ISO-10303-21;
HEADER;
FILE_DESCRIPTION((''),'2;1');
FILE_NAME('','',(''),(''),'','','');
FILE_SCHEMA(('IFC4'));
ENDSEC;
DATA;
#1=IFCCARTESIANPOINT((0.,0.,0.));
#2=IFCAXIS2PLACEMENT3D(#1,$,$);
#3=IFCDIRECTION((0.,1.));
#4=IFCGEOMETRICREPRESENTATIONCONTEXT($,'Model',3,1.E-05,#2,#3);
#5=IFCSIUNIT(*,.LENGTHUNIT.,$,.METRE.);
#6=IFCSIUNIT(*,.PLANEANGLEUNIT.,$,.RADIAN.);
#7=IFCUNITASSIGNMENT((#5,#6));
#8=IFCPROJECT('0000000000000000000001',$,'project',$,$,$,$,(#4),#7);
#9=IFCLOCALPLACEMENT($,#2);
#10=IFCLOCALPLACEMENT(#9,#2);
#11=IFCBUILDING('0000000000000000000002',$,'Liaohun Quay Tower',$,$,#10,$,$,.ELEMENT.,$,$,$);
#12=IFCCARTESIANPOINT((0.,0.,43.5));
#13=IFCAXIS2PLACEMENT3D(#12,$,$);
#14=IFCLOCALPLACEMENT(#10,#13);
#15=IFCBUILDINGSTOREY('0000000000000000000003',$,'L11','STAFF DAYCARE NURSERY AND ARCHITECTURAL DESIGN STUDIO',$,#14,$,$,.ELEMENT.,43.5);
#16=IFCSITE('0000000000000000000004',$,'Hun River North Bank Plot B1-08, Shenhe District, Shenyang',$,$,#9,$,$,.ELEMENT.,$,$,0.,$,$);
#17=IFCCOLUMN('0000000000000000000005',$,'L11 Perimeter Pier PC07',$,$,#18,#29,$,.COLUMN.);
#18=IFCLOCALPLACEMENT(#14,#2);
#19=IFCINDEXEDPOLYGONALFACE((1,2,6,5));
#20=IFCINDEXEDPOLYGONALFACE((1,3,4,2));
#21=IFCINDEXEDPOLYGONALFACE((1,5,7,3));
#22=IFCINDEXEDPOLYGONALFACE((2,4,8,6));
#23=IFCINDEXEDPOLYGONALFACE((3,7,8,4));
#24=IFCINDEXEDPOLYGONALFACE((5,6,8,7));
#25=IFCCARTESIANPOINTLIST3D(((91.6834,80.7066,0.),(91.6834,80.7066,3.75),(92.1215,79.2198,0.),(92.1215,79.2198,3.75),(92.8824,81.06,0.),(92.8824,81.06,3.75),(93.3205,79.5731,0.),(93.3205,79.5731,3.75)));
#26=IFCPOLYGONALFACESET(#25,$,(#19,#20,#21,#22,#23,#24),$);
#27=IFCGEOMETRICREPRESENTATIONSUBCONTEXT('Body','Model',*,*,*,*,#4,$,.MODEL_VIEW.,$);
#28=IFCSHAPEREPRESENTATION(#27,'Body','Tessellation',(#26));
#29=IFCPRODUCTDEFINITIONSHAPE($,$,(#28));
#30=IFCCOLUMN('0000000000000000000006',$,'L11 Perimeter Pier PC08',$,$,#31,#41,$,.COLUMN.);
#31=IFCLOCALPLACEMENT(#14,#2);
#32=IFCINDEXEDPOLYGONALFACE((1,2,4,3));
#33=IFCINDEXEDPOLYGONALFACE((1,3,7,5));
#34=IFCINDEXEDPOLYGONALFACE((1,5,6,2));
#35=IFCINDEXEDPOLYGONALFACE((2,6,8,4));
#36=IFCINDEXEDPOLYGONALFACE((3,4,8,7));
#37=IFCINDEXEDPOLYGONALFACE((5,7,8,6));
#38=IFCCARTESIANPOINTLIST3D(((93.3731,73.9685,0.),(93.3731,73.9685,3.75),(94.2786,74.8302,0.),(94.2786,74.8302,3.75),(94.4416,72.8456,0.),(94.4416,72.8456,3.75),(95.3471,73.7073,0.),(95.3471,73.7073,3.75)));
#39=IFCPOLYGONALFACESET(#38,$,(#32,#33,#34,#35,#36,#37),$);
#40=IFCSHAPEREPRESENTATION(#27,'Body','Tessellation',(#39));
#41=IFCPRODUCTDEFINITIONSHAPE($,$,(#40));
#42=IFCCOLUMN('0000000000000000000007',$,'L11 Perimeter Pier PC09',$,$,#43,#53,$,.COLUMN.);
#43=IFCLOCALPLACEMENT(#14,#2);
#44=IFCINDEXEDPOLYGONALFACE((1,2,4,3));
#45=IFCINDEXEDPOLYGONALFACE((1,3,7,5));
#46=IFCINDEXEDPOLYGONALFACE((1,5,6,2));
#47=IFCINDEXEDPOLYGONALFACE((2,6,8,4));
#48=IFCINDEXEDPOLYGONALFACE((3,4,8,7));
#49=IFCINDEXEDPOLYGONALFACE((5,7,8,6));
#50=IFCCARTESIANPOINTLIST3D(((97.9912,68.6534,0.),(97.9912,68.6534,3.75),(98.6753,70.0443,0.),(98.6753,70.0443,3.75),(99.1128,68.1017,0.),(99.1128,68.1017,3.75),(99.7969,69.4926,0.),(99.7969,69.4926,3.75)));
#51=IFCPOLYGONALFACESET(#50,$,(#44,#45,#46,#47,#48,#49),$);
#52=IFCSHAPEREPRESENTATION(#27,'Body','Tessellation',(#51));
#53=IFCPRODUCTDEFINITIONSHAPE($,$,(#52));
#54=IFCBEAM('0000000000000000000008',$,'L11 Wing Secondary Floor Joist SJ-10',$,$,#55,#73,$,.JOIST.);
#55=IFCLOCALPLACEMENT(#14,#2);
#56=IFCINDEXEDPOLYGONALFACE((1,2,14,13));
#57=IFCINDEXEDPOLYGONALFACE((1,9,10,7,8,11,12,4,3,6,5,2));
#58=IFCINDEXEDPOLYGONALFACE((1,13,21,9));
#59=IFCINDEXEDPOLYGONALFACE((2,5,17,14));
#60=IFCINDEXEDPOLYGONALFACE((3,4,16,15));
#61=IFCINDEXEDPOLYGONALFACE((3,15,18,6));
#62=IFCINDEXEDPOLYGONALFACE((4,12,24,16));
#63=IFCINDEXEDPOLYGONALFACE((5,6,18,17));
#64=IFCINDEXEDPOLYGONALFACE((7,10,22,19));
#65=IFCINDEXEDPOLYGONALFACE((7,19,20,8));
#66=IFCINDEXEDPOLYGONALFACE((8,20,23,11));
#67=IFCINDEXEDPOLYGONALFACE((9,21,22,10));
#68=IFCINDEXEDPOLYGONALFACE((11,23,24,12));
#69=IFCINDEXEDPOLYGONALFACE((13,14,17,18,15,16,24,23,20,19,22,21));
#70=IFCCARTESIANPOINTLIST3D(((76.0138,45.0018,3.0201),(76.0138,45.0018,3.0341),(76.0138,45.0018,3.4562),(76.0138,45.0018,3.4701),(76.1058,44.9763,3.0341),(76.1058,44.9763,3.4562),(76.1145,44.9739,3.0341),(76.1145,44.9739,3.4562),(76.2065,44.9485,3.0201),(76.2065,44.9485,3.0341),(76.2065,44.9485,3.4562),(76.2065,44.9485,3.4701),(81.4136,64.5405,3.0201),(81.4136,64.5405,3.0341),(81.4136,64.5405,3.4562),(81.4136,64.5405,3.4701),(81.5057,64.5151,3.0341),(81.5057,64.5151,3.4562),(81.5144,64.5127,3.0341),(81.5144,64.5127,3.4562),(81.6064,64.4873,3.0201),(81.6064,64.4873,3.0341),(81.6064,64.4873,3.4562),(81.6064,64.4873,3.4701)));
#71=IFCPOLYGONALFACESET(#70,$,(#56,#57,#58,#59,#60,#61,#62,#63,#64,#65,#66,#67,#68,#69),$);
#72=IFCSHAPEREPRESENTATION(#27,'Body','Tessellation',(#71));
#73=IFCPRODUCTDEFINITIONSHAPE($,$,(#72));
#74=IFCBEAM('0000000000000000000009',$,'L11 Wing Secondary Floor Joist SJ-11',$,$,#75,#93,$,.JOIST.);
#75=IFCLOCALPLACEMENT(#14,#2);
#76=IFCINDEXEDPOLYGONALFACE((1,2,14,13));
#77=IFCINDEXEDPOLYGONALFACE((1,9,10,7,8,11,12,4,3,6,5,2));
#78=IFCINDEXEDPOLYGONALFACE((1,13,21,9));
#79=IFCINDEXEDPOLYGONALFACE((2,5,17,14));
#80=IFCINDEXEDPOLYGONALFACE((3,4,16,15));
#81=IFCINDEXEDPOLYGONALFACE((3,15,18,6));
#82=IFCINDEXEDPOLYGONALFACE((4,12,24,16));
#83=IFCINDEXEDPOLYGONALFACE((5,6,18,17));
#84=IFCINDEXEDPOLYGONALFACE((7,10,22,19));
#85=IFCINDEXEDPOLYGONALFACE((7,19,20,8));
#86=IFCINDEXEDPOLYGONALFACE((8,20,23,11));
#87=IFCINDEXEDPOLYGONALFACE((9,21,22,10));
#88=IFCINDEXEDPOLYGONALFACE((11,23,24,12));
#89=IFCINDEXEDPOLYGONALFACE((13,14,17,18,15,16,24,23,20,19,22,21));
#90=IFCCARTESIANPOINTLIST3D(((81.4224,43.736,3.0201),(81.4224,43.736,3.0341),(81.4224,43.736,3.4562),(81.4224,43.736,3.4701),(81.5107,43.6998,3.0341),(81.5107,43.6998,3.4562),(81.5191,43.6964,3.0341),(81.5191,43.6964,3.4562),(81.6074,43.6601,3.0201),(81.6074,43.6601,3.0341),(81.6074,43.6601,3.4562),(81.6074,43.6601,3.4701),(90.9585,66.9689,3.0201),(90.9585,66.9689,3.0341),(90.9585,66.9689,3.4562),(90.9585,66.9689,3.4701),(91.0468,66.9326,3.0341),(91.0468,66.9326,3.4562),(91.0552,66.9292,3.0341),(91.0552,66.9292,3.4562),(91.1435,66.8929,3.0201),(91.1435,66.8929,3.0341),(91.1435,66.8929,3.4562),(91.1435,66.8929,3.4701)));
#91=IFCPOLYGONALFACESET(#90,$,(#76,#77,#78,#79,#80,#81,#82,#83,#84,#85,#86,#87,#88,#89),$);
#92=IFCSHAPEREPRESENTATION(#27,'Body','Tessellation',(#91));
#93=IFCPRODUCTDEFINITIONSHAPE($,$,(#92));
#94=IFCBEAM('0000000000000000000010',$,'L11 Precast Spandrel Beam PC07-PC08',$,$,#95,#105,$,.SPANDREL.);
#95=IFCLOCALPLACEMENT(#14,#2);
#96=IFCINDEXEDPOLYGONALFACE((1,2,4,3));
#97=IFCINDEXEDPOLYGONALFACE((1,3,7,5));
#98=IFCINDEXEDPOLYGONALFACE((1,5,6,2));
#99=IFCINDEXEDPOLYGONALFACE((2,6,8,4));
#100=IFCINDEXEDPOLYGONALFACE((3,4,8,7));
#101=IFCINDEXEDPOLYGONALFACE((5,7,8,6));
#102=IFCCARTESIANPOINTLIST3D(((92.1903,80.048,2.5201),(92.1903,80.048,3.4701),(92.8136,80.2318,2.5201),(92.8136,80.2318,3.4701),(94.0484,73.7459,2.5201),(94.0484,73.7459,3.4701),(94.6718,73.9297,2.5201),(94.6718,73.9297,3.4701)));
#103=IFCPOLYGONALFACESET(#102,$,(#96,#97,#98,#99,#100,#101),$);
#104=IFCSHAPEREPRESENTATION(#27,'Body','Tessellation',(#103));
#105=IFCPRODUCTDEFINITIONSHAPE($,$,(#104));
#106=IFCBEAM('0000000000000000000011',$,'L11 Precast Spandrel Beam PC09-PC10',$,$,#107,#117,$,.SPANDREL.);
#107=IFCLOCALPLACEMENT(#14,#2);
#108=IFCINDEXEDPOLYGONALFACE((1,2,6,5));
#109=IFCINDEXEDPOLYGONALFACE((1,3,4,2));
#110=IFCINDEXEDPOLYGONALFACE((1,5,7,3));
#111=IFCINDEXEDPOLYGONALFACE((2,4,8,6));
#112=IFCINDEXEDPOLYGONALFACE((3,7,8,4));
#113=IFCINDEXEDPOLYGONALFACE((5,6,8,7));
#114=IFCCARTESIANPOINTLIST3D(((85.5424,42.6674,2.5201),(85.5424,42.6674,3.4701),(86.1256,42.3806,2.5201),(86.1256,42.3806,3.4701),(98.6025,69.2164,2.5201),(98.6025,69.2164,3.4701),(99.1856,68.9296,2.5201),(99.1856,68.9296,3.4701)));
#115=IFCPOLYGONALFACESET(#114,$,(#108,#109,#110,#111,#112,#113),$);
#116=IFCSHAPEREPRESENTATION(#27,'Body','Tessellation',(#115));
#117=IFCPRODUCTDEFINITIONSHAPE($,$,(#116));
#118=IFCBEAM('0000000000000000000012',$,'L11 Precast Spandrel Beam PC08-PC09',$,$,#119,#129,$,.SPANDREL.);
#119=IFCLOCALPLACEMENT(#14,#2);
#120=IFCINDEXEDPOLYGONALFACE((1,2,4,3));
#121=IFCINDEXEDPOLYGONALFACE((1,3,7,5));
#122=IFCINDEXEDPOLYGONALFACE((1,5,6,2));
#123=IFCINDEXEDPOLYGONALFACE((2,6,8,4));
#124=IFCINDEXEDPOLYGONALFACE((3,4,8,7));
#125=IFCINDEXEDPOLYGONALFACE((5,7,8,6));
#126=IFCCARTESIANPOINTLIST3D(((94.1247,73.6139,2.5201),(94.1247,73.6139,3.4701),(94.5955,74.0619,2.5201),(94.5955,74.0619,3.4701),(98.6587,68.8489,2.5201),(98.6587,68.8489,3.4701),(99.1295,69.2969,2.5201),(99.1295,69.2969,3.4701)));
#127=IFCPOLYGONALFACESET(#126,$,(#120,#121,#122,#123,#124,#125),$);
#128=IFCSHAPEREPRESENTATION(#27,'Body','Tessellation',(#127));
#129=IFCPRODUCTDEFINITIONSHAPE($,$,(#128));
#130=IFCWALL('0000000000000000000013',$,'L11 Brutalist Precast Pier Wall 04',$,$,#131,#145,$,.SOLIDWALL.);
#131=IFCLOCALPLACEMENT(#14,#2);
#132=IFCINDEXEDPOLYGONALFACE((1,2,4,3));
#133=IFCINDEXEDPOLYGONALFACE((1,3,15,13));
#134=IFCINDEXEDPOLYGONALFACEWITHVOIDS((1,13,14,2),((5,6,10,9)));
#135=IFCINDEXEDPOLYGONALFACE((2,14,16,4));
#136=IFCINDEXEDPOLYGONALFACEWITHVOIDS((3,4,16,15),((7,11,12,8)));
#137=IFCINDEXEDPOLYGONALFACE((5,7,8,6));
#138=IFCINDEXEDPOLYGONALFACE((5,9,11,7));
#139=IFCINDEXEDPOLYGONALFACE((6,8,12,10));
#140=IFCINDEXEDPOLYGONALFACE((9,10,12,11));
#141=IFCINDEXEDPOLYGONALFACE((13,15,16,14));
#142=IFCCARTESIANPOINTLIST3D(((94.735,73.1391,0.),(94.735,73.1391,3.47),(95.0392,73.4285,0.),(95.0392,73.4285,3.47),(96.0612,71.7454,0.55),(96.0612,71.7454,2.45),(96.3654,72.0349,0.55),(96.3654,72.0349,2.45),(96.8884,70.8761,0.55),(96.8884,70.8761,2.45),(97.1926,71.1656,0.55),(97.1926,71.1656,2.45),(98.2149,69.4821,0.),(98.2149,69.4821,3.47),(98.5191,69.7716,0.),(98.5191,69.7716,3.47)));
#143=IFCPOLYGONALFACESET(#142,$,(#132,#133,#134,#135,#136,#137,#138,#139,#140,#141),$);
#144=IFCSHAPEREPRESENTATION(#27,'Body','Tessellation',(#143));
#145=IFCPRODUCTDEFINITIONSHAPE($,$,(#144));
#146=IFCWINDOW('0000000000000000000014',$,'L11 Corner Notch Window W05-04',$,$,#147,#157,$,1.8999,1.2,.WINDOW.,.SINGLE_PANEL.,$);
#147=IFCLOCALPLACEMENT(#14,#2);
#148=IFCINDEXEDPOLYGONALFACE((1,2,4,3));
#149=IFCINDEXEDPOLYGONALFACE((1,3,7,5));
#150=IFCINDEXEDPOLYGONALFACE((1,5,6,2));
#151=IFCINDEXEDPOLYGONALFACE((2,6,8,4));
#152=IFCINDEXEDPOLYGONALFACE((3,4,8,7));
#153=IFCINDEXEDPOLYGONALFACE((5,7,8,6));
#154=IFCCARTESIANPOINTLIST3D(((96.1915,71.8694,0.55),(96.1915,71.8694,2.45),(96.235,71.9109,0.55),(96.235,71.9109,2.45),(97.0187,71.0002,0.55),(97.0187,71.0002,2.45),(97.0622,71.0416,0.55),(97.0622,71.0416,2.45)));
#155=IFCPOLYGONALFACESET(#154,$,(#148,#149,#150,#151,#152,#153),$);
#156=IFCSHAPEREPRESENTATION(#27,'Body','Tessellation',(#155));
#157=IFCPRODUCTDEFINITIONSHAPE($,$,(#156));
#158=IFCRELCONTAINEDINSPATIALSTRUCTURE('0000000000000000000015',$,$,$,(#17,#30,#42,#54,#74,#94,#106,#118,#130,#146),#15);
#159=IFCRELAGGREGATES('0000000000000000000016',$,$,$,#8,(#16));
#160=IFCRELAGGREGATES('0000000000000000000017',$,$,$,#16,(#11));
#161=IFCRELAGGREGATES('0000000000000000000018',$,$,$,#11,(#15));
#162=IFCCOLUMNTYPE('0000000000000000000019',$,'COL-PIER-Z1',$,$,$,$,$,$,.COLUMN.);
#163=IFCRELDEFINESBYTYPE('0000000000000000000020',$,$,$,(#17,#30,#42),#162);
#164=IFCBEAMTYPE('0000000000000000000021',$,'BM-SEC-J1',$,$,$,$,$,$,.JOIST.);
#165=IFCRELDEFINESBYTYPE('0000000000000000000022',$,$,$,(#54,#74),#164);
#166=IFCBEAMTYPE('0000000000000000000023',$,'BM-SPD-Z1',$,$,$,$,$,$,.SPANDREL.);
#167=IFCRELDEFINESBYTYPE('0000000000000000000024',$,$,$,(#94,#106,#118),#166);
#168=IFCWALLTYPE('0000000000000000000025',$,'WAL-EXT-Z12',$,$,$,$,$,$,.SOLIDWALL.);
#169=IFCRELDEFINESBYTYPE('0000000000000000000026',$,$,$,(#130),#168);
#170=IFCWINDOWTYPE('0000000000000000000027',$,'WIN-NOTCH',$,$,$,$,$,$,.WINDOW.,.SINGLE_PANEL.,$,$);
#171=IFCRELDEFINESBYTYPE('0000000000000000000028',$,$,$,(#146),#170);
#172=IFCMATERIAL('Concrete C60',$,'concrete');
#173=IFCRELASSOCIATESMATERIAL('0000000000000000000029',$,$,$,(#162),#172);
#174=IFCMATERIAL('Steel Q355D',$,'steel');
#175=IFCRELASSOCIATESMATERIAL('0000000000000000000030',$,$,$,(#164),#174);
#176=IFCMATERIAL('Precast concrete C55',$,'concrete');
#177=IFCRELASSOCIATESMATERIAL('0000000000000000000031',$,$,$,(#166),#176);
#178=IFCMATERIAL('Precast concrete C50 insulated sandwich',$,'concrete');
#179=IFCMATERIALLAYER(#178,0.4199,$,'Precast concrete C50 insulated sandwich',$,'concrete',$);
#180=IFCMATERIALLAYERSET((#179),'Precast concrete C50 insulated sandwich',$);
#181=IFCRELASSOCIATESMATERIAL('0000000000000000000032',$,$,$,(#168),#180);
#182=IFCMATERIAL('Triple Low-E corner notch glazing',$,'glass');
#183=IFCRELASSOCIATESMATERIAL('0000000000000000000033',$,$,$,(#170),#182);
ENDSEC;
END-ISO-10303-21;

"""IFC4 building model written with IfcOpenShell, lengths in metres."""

from ifc_helpers import new_model, si_unit, direction, frame, frame_2d, origin, origin_2d, place, context, subcontext, project, spatial, rectangle, i_section, extrude, source, transform, mapped, material, layer, layer_set, material_profile, profile_set, type_object, element, fill, save


model = new_model("IFC4")

# Units and contexts
model_context = context("Model", 3, precision=1e-05, world=origin(), true_north=direction((0.0, 1.0)))
body_context = subcontext(model_context, "Body", "Model", "MODEL_VIEW")
ifc_project = project(units=[si_unit("LENGTHUNIT", "METRE"), si_unit("PLANEANGLEUNIT", "RADIAN")], contexts=[model_context])

# Site, building, storey
site_placement = place(None, origin())
site = spatial("IfcSite", under=ifc_project, at=site_placement, Name="Hun River North Bank Plot B1-08, Shenhe District, Shenyang", CompositionType="ELEMENT", RefElevation=0.0)
building_placement = place(site_placement, origin())
building = spatial("IfcBuilding", under=site, at=building_placement, Name="Liaohun Quay Tower", CompositionType="ELEMENT")
storey_placement = place(building_placement, frame((0.0, 0.0, 43.5)))
storey = spatial("IfcBuildingStorey", under=building, at=storey_placement, Name="L11", Description="STAFF DAYCARE NURSERY AND ARCHITECTURAL DESIGN STUDIO", CompositionType="ELEMENT", Elevation=43.5)

# Columns
ifc_material_1 = material(Name="Concrete C60", Category="concrete")
ifc_material_profile_1 = material_profile(ifc_material_1, rectangle(XDim=1.55, YDim=1.25, at=origin_2d()), Name="RC1550x1250")
ifc_profile_set_1 = profile_set([ifc_material_profile_1], Name="Concrete C60")
column_type = type_object("IfcColumnType", Name="COL-PIER-Z1", PredefinedType="COLUMN", material=ifc_profile_set_1)
shared_shape_1 = source(origin(), body_context, "Body", "SweptSolid", [
    extrude(rectangle(XDim=1.55, YDim=1.25, at=origin_2d()), origin(), (0.0, 0.0, 1.0), 3.75),
])
for number, where, z_axis, x_axis, name in (
    (1, (92.502, 80.1399, 0.0), (0.0, 0.0, 1.0), (-0.282676, 0.959215, 0.0), "L11 Perimeter Pier PC07"),
    (2, (94.3601, 73.8379, 0.0), (0.0, 0.0, 1.0), (-0.689367, 0.724413, 0.0), "L11 Perimeter Pier PC08"),
    (3, (98.894, 69.073, 0.0), (0.0, 0.0, 1.0), (0.441349, 0.897335, 0.0), "L11 Perimeter Pier PC09"),
):
    element("IfcColumn", number, at=place(storey_placement, frame(where, z_axis=z_axis, x_axis=x_axis)), inside=storey, type_object=column_type, Name=name, PredefinedType="COLUMN", context=body_context, shape_type="MappedRepresentation", body=[
        mapped(shared_shape_1, transform((0.0, 0.0, 0.0), x_axis=(1.0, 0.0, 0.0), y_axis=(0.0, 1.0, 0.0), z_axis=(0.0, 0.0, 1.0), scale=1.0)),
    ])

# Beams
ifc_material_2 = material(Name="Steel Q355D", Category="steel")
ifc_material_profile_2 = material_profile(ifc_material_2, i_section(OverallWidth=0.2, OverallDepth=0.45, WebThickness=0.009, FlangeThickness=0.0139, at=origin_2d()), Name="HN450x200x9x14")
ifc_profile_set_2 = profile_set([ifc_material_profile_2], Name="Steel Q355D")
beam_type_1 = type_object("IfcBeamType", Name="BM-SEC-J1", PredefinedType="JOIST", material=ifc_profile_set_2)
shared_shape_2 = source(origin(), body_context, "Body", "SweptSolid", [
    extrude(i_section(OverallWidth=0.2, OverallDepth=0.45, WebThickness=0.009, FlangeThickness=0.0139, at=origin_2d()), origin(), (0.0, 0.0, 1.0), 20.2712),
])
beam_1_placement = place(storey_placement, frame((81.51, 64.5139, 3.2451), z_axis=(-0.266382, -0.963868, 0.0), x_axis=(0.963868, -0.266382, 0.0)))
element("IfcBeam", 4, at=beam_1_placement, inside=storey, type_object=beam_type_1, Name="L11 Wing Secondary Floor Joist SJ-10", PredefinedType="JOIST", context=body_context, shape_type="MappedRepresentation", body=[
    mapped(shared_shape_2, transform((0.0, 0.0, 0.0), x_axis=(1.0, 0.0, 0.0), y_axis=(0.0, 1.0, 0.0), z_axis=(0.0, 0.0, 1.0), scale=1.0)),
])
shared_shape_3 = source(origin(), body_context, "Body", "SweptSolid", [
    extrude(i_section(OverallWidth=0.2, OverallDepth=0.45, WebThickness=0.009, FlangeThickness=0.0139, at=origin_2d()), origin(), (0.0, 0.0, 1.0), 25.1138),
])
beam_2_placement = place(storey_placement, frame((91.051, 66.9309, 3.2451), z_axis=(-0.379716, -0.925103, 0.0), x_axis=(0.925103, -0.379716, 0.0)))
element("IfcBeam", 5, at=beam_2_placement, inside=storey, type_object=beam_type_1, Name="L11 Wing Secondary Floor Joist SJ-11", PredefinedType="JOIST", context=body_context, shape_type="MappedRepresentation", body=[
    mapped(shared_shape_3, transform((0.0, 0.0, 0.0), x_axis=(1.0, 0.0, 0.0), y_axis=(0.0, 1.0, 0.0), z_axis=(0.0, 0.0, 1.0), scale=1.0)),
])
ifc_material_3 = material(Name="Precast concrete C55", Category="concrete")
ifc_material_profile_3 = material_profile(ifc_material_3, rectangle(XDim=0.6499, YDim=0.95, at=origin_2d()), Name="RC650x950")
ifc_profile_set_3 = profile_set([ifc_material_profile_3], Name="Precast concrete C55")
beam_type_2 = type_object("IfcBeamType", Name="BM-SPD-Z1", PredefinedType="SPANDREL", material=ifc_profile_set_3)
shared_shape_4 = source(origin(), body_context, "Body", "SweptSolid", [
    extrude(rectangle(XDim=0.6499, YDim=0.95, at=origin_2d()), origin(), (0.0, 0.0, 1.0), 6.5703),
])
beam_3_placement = place(storey_placement, frame((92.502, 80.1399, 2.9951), z_axis=(0.282814, -0.959175, 0.0), x_axis=(0.959175, 0.282814, 0.0)))
element("IfcBeam", 6, at=beam_3_placement, inside=storey, type_object=beam_type_2, Name="L11 Precast Spandrel Beam PC07-PC08", PredefinedType="SPANDREL", context=body_context, shape_type="MappedRepresentation", body=[
    mapped(shared_shape_4, transform((0.0, 0.0, 0.0), x_axis=(1.0, 0.0, 0.0), y_axis=(0.0, 1.0, 0.0), z_axis=(0.0, 0.0, 1.0), scale=1.0)),
])
shared_shape_5 = source(origin(), body_context, "Body", "SweptSolid", [
    extrude(rectangle(XDim=0.6499, YDim=0.95, at=origin_2d()), origin(), (0.0, 0.0, 1.0), 29.5874),
])
beam_4_placement = place(storey_placement, frame((98.894, 69.073, 2.9951), z_axis=(-0.441405, -0.897308, 0.0), x_axis=(0.897308, -0.441405, 0.0)))
element("IfcBeam", 7, at=beam_4_placement, inside=storey, type_object=beam_type_2, Name="L11 Precast Spandrel Beam PC09-PC10", PredefinedType="SPANDREL", context=body_context, shape_type="MappedRepresentation", body=[
    mapped(shared_shape_5, transform((0.0, 0.0, 0.0), x_axis=(1.0, 0.0, 0.0), y_axis=(0.0, 1.0, 0.0), z_axis=(0.0, 0.0, 1.0), scale=1.0)),
])
shared_shape_6 = source(origin(), body_context, "Body", "SweptSolid", [
    extrude(rectangle(XDim=0.6499, YDim=0.95, at=origin_2d()), origin(), (0.0, 0.0, 1.0), 6.5774),
])
beam_5_placement = place(storey_placement, frame((94.3601, 73.8379, 2.9951), z_axis=(0.689332, -0.724446, 0.0), x_axis=(0.724446, 0.689332, 0.0)))
element("IfcBeam", 8, at=beam_5_placement, inside=storey, type_object=beam_type_2, Name="L11 Precast Spandrel Beam PC08-PC09", PredefinedType="SPANDREL", context=body_context, shape_type="MappedRepresentation", body=[
    mapped(shared_shape_6, transform((0.0, 0.0, 0.0), x_axis=(1.0, 0.0, 0.0), y_axis=(0.0, 1.0, 0.0), z_axis=(0.0, 0.0, 1.0), scale=1.0)),
])

# Wall, opening, window
ifc_material_4 = material(Name="Precast concrete C50 insulated sandwich", Category="concrete")
ifc_layer_1 = layer(ifc_material_4, 0.4199, Name="Precast concrete C50 insulated sandwich", Category="concrete")
ifc_layer_set_1 = layer_set([ifc_layer_1], Name="Precast concrete C50 insulated sandwich")
wall_type_1 = type_object("IfcWallType", Name="WAL-EXT-Z12", PredefinedType="SOLIDWALL", material=ifc_layer_set_1)
wall_1_placement = place(storey_placement, frame((98.3669, 69.627, 0.0), z_axis=(0.0, 0.0, 1.0), x_axis=(-0.689358, 0.724421, 0.0)))
wall_1 = element("IfcWall", 9, at=wall_1_placement, inside=storey, type_object=wall_type_1, Name="L11 Brutalist Precast Pier Wall 04", PredefinedType="SOLIDWALL", context=body_context, shape_type="SweptSolid", body=[
    extrude(rectangle(XDim=5.0481, YDim=0.4199, at=frame_2d((2.5239, 0.0))), origin(), (0.0, 0.0, 1.0), 3.47),
])
shared_shape_7 = source(origin(), body_context, "Body", "SweptSolid", [
    extrude(rectangle(XDim=1.2, YDim=1.8999, at=frame_2d((0.6001, 0.95))), frame((0.0, 0.22, 0.0), z_axis=(0.0, -1.0, 0.0), x_axis=(1.0, 0.0, 0.0)), (0.0, 0.0, 1.0), 0.4399),
])
opening_1_placement = place(wall_1_placement, frame((1.9241, 0.0, 0.55)))
opening_1 = element("IfcOpeningElement", 10, at=opening_1_placement, cuts=wall_1, PredefinedType="OPENING", context=body_context, shape_type="MappedRepresentation", body=[
    mapped(shared_shape_7, transform((0.0, 0.0, 0.0), x_axis=(1.0, 0.0, 0.0), y_axis=(0.0, 1.0, 0.0), z_axis=(0.0, 0.0, 1.0), scale=1.0)),
])
ifc_material_5 = material(Name="Triple Low-E corner notch glazing", Category="glass")
window_type_1 = type_object("IfcWindowType", Name="WIN-NOTCH", PartitioningType="SINGLE_PANEL", PredefinedType="WINDOW", material=ifc_material_5)
shared_shape_8 = source(origin(), body_context, "Body", "SweptSolid", [
    extrude(rectangle(XDim=1.2, YDim=1.8999, at=frame_2d((0.6001, 0.95))), frame((0.0, 0.03, 0.0), z_axis=(0.0, -1.0, 0.0), x_axis=(1.0, 0.0, 0.0)), (0.0, 0.0, 1.0), 0.0601),
])
window_1_placement = place(opening_1_placement, origin())
window_1 = element("IfcWindow", 11, at=window_1_placement, inside=storey, type_object=window_type_1, Name="L11 Corner Notch Window W05-04", OverallHeight=1.8999, OverallWidth=1.2, PartitioningType="SINGLE_PANEL", PredefinedType="WINDOW", context=body_context, shape_type="MappedRepresentation", body=[
    mapped(shared_shape_8, transform((0.0, 0.0, 0.0), x_axis=(1.0, 0.0, 0.0), y_axis=(0.0, 1.0, 0.0), z_axis=(0.0, 0.0, 1.0), scale=1.0)),
])
fill(opening_1, window_1)

save(model, "model.ifc")
